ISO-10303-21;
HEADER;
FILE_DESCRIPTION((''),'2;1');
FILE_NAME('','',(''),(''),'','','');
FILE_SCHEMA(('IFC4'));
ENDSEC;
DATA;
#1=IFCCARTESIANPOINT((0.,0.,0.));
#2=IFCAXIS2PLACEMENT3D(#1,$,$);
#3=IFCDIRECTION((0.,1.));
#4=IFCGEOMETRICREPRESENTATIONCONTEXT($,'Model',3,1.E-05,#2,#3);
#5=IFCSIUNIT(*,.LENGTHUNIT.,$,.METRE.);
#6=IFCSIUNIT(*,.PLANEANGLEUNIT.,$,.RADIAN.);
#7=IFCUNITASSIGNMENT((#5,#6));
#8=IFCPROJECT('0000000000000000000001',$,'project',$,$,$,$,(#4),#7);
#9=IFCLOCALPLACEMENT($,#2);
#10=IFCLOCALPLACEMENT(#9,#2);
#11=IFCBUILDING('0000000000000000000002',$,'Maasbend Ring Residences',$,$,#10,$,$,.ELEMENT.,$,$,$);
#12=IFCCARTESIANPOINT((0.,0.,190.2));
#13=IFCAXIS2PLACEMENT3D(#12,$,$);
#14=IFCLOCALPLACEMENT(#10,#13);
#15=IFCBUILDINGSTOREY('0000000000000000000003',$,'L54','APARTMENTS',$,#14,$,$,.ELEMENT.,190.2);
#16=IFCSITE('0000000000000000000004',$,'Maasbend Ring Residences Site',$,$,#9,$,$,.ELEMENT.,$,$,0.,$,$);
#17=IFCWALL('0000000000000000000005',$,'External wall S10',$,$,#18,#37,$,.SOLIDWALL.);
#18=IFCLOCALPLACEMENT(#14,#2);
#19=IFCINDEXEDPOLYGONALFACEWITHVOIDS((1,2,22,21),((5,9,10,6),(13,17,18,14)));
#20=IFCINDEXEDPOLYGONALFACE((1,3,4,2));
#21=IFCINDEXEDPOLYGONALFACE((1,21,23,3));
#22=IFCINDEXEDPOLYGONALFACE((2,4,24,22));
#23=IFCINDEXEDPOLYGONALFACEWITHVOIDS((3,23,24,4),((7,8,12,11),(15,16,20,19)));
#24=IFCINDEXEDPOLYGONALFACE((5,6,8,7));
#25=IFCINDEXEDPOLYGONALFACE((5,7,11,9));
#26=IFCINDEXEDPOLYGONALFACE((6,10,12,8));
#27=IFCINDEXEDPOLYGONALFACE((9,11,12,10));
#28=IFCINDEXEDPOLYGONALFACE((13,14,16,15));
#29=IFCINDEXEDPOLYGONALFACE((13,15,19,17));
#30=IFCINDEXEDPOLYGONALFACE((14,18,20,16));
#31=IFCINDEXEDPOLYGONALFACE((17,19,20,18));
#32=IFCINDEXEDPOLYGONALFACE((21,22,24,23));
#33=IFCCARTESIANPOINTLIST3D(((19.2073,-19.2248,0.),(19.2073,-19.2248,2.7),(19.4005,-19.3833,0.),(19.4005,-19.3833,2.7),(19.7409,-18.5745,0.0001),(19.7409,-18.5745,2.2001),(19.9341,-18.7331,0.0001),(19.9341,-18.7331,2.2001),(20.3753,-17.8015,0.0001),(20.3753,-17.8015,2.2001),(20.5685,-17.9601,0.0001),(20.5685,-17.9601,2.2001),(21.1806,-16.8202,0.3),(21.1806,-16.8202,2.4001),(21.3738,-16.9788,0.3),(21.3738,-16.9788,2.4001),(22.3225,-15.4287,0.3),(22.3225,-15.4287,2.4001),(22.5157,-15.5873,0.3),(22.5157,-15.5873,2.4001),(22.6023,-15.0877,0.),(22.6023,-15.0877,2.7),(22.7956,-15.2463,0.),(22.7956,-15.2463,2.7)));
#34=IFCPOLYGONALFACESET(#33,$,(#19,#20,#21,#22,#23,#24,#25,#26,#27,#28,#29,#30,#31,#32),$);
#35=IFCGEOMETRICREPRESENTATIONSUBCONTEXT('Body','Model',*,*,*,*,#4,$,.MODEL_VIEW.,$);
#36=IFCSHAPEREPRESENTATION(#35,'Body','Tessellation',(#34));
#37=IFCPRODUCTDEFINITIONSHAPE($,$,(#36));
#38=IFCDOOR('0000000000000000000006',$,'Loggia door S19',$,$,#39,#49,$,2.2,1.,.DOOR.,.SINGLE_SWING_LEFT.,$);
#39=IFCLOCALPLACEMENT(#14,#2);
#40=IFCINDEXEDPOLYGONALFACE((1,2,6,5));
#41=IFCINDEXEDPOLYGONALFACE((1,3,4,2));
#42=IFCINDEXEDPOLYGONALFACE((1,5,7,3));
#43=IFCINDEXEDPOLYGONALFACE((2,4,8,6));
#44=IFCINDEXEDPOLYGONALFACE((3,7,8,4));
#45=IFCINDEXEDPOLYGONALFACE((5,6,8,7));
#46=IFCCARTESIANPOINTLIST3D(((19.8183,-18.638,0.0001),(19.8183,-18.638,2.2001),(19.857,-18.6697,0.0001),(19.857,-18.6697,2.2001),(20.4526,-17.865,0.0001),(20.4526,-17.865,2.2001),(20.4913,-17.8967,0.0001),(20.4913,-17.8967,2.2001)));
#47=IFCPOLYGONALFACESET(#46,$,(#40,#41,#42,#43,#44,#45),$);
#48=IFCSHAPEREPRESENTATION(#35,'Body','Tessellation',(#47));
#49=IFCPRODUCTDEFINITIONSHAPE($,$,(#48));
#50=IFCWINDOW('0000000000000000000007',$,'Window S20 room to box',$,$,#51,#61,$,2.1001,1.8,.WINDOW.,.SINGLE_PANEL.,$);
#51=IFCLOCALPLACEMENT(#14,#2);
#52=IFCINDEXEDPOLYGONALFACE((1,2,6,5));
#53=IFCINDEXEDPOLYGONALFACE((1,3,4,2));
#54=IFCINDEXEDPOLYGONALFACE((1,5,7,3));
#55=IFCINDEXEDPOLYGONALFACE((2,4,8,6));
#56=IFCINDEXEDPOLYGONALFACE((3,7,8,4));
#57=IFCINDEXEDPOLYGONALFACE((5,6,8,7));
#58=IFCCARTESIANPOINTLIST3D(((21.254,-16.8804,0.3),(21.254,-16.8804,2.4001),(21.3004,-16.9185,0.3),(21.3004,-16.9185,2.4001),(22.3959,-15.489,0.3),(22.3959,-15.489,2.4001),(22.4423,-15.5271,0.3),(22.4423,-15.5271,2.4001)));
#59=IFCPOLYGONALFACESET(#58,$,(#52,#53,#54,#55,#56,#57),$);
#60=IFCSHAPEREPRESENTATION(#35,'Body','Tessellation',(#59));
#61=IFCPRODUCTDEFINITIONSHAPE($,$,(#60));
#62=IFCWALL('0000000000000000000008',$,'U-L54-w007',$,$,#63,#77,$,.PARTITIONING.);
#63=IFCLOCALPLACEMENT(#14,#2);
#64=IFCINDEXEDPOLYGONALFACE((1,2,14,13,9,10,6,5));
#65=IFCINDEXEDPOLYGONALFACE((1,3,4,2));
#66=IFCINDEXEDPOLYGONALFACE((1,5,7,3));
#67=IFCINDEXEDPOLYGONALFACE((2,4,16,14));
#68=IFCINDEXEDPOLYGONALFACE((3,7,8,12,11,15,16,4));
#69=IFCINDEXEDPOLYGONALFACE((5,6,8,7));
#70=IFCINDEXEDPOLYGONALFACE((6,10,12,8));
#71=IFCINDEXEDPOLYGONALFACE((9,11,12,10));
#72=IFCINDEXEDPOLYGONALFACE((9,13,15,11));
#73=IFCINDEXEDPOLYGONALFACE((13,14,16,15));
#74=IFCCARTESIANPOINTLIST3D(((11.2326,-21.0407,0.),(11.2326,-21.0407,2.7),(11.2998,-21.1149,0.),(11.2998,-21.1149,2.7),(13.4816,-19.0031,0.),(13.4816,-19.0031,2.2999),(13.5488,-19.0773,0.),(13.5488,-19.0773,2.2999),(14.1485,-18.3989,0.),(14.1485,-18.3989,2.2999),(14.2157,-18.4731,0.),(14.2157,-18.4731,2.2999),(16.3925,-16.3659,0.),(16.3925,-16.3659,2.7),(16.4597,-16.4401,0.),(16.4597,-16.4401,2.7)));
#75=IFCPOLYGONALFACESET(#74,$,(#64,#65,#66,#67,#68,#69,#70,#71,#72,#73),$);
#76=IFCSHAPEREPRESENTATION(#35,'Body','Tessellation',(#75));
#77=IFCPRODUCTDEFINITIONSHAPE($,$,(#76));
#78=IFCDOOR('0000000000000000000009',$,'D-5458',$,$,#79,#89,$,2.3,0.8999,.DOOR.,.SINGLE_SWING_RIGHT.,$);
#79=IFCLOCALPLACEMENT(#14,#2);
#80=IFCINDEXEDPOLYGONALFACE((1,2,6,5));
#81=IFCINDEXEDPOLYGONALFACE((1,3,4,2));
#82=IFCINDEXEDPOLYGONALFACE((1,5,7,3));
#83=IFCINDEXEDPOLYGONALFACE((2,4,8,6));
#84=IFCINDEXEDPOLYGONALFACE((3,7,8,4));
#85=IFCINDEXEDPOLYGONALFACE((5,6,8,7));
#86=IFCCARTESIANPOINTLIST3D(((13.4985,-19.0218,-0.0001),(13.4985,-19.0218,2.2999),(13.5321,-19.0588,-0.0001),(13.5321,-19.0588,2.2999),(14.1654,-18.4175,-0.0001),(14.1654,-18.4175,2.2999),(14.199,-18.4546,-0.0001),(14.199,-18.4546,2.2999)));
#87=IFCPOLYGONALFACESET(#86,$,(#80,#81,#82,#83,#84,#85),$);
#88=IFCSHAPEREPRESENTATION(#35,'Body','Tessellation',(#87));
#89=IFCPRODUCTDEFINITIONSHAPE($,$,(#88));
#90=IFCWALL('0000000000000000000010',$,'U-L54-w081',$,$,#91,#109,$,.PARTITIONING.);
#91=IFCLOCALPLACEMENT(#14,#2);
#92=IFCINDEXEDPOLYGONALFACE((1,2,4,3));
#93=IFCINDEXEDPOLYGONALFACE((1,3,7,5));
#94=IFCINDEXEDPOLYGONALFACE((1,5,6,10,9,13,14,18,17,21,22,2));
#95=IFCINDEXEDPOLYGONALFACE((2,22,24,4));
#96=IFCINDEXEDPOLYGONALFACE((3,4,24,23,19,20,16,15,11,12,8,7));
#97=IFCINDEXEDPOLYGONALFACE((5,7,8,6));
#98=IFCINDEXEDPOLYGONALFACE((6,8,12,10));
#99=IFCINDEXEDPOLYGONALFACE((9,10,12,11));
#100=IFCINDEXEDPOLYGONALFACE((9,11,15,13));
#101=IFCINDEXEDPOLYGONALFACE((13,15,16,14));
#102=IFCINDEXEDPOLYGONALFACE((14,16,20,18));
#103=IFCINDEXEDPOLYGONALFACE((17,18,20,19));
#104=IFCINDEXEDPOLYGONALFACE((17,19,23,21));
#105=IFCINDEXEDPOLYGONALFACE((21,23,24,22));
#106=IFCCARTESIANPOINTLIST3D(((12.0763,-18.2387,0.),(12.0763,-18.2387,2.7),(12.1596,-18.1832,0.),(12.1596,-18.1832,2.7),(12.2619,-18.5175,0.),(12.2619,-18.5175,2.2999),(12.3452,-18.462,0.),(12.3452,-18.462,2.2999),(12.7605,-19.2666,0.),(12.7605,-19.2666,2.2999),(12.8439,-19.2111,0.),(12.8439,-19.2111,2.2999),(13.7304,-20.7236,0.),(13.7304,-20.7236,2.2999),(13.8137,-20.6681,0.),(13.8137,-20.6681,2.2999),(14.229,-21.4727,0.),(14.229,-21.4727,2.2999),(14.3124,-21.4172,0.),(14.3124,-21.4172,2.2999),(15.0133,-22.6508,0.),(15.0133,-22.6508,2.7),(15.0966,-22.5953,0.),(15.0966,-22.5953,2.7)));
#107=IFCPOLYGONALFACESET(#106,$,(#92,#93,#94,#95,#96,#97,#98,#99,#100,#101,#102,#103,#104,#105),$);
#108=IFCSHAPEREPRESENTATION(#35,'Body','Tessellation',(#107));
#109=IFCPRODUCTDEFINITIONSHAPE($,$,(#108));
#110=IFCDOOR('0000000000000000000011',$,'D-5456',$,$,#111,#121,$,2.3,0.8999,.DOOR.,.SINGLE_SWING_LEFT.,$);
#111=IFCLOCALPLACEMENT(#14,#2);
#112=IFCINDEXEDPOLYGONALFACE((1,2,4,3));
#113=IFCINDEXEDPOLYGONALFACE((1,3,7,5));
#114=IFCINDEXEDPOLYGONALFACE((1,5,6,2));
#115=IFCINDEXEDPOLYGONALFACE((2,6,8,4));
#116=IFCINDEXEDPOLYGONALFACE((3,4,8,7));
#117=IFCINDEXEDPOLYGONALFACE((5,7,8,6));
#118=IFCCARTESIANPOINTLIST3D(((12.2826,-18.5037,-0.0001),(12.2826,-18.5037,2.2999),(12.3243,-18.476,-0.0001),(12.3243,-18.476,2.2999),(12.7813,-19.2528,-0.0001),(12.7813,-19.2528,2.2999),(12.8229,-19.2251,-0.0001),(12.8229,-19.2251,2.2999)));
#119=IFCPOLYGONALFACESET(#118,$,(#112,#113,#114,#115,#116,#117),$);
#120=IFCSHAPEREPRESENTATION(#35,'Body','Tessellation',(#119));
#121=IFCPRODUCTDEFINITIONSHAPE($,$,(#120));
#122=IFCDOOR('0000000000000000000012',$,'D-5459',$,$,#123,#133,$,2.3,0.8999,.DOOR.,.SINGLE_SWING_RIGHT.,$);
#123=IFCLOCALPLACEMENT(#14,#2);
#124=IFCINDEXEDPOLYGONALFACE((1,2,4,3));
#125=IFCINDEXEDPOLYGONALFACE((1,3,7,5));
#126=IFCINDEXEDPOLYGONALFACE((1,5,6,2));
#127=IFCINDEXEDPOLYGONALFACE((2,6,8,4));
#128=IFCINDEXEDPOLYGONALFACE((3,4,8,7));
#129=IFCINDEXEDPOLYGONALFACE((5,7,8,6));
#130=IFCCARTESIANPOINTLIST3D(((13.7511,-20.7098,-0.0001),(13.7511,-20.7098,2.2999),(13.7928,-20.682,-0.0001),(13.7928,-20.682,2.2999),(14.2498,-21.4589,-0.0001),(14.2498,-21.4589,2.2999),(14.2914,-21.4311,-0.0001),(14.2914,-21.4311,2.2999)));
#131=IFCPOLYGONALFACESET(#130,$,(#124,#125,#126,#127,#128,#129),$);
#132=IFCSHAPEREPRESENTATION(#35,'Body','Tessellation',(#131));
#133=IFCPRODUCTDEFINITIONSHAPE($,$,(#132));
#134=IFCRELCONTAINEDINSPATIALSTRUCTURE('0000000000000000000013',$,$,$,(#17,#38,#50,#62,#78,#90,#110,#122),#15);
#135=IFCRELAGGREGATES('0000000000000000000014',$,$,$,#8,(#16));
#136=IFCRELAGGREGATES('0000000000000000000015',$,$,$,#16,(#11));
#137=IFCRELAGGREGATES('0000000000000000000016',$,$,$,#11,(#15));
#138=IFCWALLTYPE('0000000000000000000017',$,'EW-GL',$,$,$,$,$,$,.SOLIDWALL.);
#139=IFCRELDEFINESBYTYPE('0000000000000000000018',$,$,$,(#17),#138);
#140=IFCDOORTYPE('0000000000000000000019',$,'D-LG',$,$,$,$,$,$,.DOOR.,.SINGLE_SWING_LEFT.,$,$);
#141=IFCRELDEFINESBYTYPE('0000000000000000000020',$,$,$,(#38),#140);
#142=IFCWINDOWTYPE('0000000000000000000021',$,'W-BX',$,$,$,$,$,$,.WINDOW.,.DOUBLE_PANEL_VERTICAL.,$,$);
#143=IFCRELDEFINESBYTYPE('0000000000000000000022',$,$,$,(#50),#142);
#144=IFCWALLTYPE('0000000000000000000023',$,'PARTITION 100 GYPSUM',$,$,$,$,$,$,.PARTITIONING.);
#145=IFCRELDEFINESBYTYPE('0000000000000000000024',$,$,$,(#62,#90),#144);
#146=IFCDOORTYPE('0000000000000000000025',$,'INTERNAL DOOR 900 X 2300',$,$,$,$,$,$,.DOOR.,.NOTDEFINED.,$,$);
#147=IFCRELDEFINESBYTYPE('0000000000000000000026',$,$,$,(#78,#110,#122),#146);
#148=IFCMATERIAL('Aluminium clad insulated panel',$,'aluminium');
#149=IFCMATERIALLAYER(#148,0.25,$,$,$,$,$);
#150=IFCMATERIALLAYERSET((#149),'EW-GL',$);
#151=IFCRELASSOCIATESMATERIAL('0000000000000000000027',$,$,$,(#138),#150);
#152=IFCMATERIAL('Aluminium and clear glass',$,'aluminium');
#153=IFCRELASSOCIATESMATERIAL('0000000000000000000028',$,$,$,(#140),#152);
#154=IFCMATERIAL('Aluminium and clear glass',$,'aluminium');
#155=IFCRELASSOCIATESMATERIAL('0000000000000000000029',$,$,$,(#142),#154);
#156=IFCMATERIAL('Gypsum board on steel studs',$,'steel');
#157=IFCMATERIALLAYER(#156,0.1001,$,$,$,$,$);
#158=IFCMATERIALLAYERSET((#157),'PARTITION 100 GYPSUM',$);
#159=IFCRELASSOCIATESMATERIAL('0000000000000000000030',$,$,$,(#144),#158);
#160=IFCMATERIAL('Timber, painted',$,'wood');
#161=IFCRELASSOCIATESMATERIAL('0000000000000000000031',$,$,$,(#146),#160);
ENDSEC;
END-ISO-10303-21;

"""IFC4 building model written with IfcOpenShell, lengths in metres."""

from ifc_helpers import new_model, si_unit, direction, frame, frame_2d, origin, place, context, subcontext, project, spatial, rectangle, extrude, material, layer, layer_set, type_object, element, fill, save


model = new_model("IFC4")

# Units and contexts
model_context = context("Model", 3, precision=1e-05, world=origin(), true_north=direction((0.0, 1.0)))
body_context = subcontext(model_context, "Body", "Model", "MODEL_VIEW")
ifc_project = project(units=[si_unit("LENGTHUNIT", "METRE"), si_unit("PLANEANGLEUNIT", "RADIAN")], contexts=[model_context])

# Site, building, storey
site_placement = place(None, origin())
site = spatial("IfcSite", under=ifc_project, at=site_placement, Name="Maasbend Ring Residences Site", CompositionType="ELEMENT", RefElevation=0.0)
building_placement = place(site_placement, origin())
building = spatial("IfcBuilding", under=site, at=building_placement, Name="Maasbend Ring Residences", CompositionType="ELEMENT")
storey_placement = place(building_placement, frame((0.0, 0.0, 190.2)))
storey = spatial("IfcBuildingStorey", under=building, at=storey_placement, Name="L54", Description="APARTMENTS", CompositionType="ELEMENT", Elevation=190.2)

# Wall, openings, door, window
ifc_material_1 = material(Name="Aluminium clad insulated panel", Category="aluminium")
ifc_layer_1 = layer(ifc_material_1, 0.25)
ifc_layer_set_1 = layer_set([ifc_layer_1], Name="EW-GL")
wall_type_1 = type_object("IfcWallType", Name="EW-GL", PredefinedType="SOLIDWALL", material=ifc_layer_set_1)
ifc_material_2 = material(Name="Aluminium and clear glass", Category="aluminium")
door_type_1 = type_object("IfcDoorType", Name="D-LG", OperationType="SINGLE_SWING_LEFT", PredefinedType="DOOR", material=ifc_material_2)
ifc_material_3 = material(Name="Aluminium and clear glass", Category="aluminium")
window_type_1 = type_object("IfcWindowType", Name="W-BX", PartitioningType="DOUBLE_PANEL_VERTICAL", PredefinedType="WINDOW", material=ifc_material_3)
wall_1_placement = place(storey_placement, frame((19.304, -19.304, 0.0), z_axis=(0.0, 0.0, 1.0), x_axis=(0.634382, 0.773019, 0.0)))
wall_1 = element("IfcWall", 1, at=wall_1_placement, inside=storey, type_object=wall_type_1, Name="External wall S10", PredefinedType="SOLIDWALL", context=body_context, shape_type="SweptSolid", body=[
    extrude(rectangle(XDim=5.3518, YDim=0.25, at=frame_2d((2.6758, 0.0))), origin(), (0.0, 0.0, 1.0), 2.7),
])
opening_1_placement = place(wall_1_placement, frame((0.8411, 0.0, 0.0)))
opening_1 = element("IfcOpeningElement", 2, at=opening_1_placement, cuts=wall_1, PredefinedType="OPENING", context=body_context, shape_type="SweptSolid", body=[
    extrude(rectangle(XDim=1.0, YDim=2.2, at=frame_2d((0.5, 1.1001))), frame((0.0, 0.135, 0.0), z_axis=(0.0, -1.0, 0.0), x_axis=(1.0, 0.0, 0.0)), (0.0, 0.0, 1.0), 0.27),
])
opening_2_placement = place(wall_1_placement, frame((3.1106, 0.0, 0.3)))
opening_2 = element("IfcOpeningElement", 3, at=opening_2_placement, cuts=wall_1, PredefinedType="OPENING", context=body_context, shape_type="SweptSolid", body=[
    extrude(rectangle(XDim=1.8, YDim=2.1001, at=frame_2d((0.8999, 1.05))), frame((0.0, 0.135, 0.0), z_axis=(0.0, -1.0, 0.0), x_axis=(1.0, 0.0, 0.0)), (0.0, 0.0, 1.0), 0.27),
])
door_1_placement = place(opening_1_placement, origin())
door_1 = element("IfcDoor", 4, at=door_1_placement, inside=storey, type_object=door_type_1, Name="Loggia door S19", OperationType="SINGLE_SWING_LEFT", OverallHeight=2.2, OverallWidth=1.0, PredefinedType="DOOR", context=body_context, shape_type="SweptSolid", body=[
    extrude(rectangle(XDim=1.0, YDim=2.2, at=frame_2d((0.5, 1.1001))), frame((0.0, 0.0249, 0.0), z_axis=(0.0, -1.0, 0.0), x_axis=(1.0, 0.0, 0.0)), (0.0, 0.0, 1.0), 0.05),
])
fill(opening_1, door_1)
window_1_placement = place(opening_2_placement, origin())
window_1 = element("IfcWindow", 5, at=window_1_placement, inside=storey, type_object=window_type_1, Name="Window S20 room to box", OverallHeight=2.1001, OverallWidth=1.8, PartitioningType="SINGLE_PANEL", PredefinedType="WINDOW", context=body_context, shape_type="SweptSolid", body=[
    extrude(rectangle(XDim=1.8, YDim=2.1001, at=frame_2d((0.8999, 1.05))), frame((0.0, 0.03, 0.0), z_axis=(0.0, -1.0, 0.0), x_axis=(1.0, 0.0, 0.0)), (0.0, 0.0, 1.0), 0.0601),
])
fill(opening_2, window_1)

# Wall, opening, door
ifc_material_4 = material(Name="Gypsum board on steel studs", Category="steel")
ifc_layer_2 = layer(ifc_material_4, 0.1001)
ifc_layer_set_2 = layer_set([ifc_layer_2], Name="PARTITION 100 GYPSUM")
wall_type_2 = type_object("IfcWallType", Name="PARTITION 100 GYPSUM", PredefinedType="PARTITIONING", material=ifc_layer_set_2)
wall_2_placement = place(storey_placement, frame((11.2661, -21.0779, 0.0), z_axis=(0.0, 0.0, 1.0), x_axis=(0.741085, 0.671412, 0.0)))
wall_2 = element("IfcWall", 6, at=wall_2_placement, inside=storey, type_object=wall_type_2, Name="U-L54-w007", PredefinedType="PARTITIONING", context=body_context, shape_type="SweptSolid", body=[
    extrude(rectangle(XDim=6.9626, YDim=0.1001, at=frame_2d((3.4814, 0.0))), origin(), (0.0, 0.0, 1.0), 2.7),
])
opening_3_placement = place(wall_2_placement, frame((3.0349, 0.0, 0.0)))
opening_3 = element("IfcOpeningElement", 7, at=opening_3_placement, cuts=wall_2, PredefinedType="OPENING", context=body_context, shape_type="SweptSolid", body=[
    extrude(rectangle(XDim=0.8999, YDim=2.3, at=frame_2d((0.45, 1.1499))), frame((0.0, 0.0601, 0.0), z_axis=(0.0, -1.0, 0.0), x_axis=(1.0, 0.0, 0.0)), (0.0, 0.0, 1.0), 0.1201),
])
ifc_material_5 = material(Name="Timber, painted", Category="wood")
door_type_2 = type_object("IfcDoorType", Name="INTERNAL DOOR 900 X 2300", OperationType="NOTDEFINED", PredefinedType="DOOR", material=ifc_material_5)
door_2_placement = place(opening_3_placement, origin())
door_2 = element("IfcDoor", 8, at=door_2_placement, inside=storey, type_object=door_type_2, Name="D-5458", OperationType="SINGLE_SWING_RIGHT", OverallHeight=2.3, OverallWidth=0.8999, PredefinedType="DOOR", context=body_context, shape_type="SweptSolid", body=[
    extrude(rectangle(XDim=0.8999, YDim=2.3, at=frame_2d((0.45, 1.1499))), frame((0.0, 0.0249, 0.0), z_axis=(0.0, -1.0, 0.0), x_axis=(1.0, 0.0, 0.0)), (0.0, 0.0, 1.0), 0.05),
])
fill(opening_3, door_2)

# Wall, openings, doors
wall_3_placement = place(storey_placement, frame((12.1179, -18.2109, 0.0), z_axis=(0.0, 0.0, 1.0), x_axis=(0.554126, -0.832433, 0.0)))
wall_3 = element("IfcWall", 9, at=wall_3_placement, inside=storey, type_object=wall_type_2, Name="U-L54-w081", PredefinedType="PARTITIONING", context=body_context, shape_type="SweptSolid", body=[
    extrude(rectangle(XDim=5.3003, YDim=0.1001, at=frame_2d((2.6501, 0.0))), origin(), (0.0, 0.0, 1.0), 2.7),
])
opening_4_placement = place(wall_3_placement, frame((0.335, 0.0, 0.0)))
opening_4 = element("IfcOpeningElement", 10, at=opening_4_placement, cuts=wall_3, PredefinedType="OPENING", context=body_context, shape_type="SweptSolid", body=[
    extrude(rectangle(XDim=0.8999, YDim=2.3, at=frame_2d((0.45, 1.1499))), frame((0.0, 0.0601, 0.0), z_axis=(0.0, -1.0, 0.0), x_axis=(1.0, 0.0, 0.0)), (0.0, 0.0, 1.0), 0.1201),
])
opening_5_placement = place(wall_3_placement, frame((2.9851, 0.0, 0.0)))
opening_5 = element("IfcOpeningElement", 11, at=opening_5_placement, cuts=wall_3, PredefinedType="OPENING", context=body_context, shape_type="SweptSolid", body=[
    extrude(rectangle(XDim=0.8999, YDim=2.3, at=frame_2d((0.45, 1.1499))), frame((0.0, 0.0601, 0.0), z_axis=(0.0, -1.0, 0.0), x_axis=(1.0, 0.0, 0.0)), (0.0, 0.0, 1.0), 0.1201),
])
door_3_placement = place(opening_4_placement, origin())
door_3 = element("IfcDoor", 12, at=door_3_placement, inside=storey, type_object=door_type_2, Name="D-5456", OperationType="SINGLE_SWING_LEFT", OverallHeight=2.3, OverallWidth=0.8999, PredefinedType="DOOR", context=body_context, shape_type="SweptSolid", body=[
    extrude(rectangle(XDim=0.8999, YDim=2.3, at=frame_2d((0.45, 1.1499))), frame((0.0, 0.0249, 0.0), z_axis=(0.0, -1.0, 0.0), x_axis=(1.0, 0.0, 0.0)), (0.0, 0.0, 1.0), 0.05),
])
fill(opening_4, door_3)
door_4_placement = place(opening_5_placement, origin())
door_4 = element("IfcDoor", 13, at=door_4_placement, inside=storey, type_object=door_type_2, Name="D-5459", OperationType="SINGLE_SWING_RIGHT", OverallHeight=2.3, OverallWidth=0.8999, PredefinedType="DOOR", context=body_context, shape_type="SweptSolid", body=[
    extrude(rectangle(XDim=0.8999, YDim=2.3, at=frame_2d((0.45, 1.1499))), frame((0.0, 0.0249, 0.0), z_axis=(0.0, -1.0, 0.0), x_axis=(1.0, 0.0, 0.0)), (0.0, 0.0, 1.0), 0.05),
])
fill(opening_5, door_4)

save(model, "model.ifc")
